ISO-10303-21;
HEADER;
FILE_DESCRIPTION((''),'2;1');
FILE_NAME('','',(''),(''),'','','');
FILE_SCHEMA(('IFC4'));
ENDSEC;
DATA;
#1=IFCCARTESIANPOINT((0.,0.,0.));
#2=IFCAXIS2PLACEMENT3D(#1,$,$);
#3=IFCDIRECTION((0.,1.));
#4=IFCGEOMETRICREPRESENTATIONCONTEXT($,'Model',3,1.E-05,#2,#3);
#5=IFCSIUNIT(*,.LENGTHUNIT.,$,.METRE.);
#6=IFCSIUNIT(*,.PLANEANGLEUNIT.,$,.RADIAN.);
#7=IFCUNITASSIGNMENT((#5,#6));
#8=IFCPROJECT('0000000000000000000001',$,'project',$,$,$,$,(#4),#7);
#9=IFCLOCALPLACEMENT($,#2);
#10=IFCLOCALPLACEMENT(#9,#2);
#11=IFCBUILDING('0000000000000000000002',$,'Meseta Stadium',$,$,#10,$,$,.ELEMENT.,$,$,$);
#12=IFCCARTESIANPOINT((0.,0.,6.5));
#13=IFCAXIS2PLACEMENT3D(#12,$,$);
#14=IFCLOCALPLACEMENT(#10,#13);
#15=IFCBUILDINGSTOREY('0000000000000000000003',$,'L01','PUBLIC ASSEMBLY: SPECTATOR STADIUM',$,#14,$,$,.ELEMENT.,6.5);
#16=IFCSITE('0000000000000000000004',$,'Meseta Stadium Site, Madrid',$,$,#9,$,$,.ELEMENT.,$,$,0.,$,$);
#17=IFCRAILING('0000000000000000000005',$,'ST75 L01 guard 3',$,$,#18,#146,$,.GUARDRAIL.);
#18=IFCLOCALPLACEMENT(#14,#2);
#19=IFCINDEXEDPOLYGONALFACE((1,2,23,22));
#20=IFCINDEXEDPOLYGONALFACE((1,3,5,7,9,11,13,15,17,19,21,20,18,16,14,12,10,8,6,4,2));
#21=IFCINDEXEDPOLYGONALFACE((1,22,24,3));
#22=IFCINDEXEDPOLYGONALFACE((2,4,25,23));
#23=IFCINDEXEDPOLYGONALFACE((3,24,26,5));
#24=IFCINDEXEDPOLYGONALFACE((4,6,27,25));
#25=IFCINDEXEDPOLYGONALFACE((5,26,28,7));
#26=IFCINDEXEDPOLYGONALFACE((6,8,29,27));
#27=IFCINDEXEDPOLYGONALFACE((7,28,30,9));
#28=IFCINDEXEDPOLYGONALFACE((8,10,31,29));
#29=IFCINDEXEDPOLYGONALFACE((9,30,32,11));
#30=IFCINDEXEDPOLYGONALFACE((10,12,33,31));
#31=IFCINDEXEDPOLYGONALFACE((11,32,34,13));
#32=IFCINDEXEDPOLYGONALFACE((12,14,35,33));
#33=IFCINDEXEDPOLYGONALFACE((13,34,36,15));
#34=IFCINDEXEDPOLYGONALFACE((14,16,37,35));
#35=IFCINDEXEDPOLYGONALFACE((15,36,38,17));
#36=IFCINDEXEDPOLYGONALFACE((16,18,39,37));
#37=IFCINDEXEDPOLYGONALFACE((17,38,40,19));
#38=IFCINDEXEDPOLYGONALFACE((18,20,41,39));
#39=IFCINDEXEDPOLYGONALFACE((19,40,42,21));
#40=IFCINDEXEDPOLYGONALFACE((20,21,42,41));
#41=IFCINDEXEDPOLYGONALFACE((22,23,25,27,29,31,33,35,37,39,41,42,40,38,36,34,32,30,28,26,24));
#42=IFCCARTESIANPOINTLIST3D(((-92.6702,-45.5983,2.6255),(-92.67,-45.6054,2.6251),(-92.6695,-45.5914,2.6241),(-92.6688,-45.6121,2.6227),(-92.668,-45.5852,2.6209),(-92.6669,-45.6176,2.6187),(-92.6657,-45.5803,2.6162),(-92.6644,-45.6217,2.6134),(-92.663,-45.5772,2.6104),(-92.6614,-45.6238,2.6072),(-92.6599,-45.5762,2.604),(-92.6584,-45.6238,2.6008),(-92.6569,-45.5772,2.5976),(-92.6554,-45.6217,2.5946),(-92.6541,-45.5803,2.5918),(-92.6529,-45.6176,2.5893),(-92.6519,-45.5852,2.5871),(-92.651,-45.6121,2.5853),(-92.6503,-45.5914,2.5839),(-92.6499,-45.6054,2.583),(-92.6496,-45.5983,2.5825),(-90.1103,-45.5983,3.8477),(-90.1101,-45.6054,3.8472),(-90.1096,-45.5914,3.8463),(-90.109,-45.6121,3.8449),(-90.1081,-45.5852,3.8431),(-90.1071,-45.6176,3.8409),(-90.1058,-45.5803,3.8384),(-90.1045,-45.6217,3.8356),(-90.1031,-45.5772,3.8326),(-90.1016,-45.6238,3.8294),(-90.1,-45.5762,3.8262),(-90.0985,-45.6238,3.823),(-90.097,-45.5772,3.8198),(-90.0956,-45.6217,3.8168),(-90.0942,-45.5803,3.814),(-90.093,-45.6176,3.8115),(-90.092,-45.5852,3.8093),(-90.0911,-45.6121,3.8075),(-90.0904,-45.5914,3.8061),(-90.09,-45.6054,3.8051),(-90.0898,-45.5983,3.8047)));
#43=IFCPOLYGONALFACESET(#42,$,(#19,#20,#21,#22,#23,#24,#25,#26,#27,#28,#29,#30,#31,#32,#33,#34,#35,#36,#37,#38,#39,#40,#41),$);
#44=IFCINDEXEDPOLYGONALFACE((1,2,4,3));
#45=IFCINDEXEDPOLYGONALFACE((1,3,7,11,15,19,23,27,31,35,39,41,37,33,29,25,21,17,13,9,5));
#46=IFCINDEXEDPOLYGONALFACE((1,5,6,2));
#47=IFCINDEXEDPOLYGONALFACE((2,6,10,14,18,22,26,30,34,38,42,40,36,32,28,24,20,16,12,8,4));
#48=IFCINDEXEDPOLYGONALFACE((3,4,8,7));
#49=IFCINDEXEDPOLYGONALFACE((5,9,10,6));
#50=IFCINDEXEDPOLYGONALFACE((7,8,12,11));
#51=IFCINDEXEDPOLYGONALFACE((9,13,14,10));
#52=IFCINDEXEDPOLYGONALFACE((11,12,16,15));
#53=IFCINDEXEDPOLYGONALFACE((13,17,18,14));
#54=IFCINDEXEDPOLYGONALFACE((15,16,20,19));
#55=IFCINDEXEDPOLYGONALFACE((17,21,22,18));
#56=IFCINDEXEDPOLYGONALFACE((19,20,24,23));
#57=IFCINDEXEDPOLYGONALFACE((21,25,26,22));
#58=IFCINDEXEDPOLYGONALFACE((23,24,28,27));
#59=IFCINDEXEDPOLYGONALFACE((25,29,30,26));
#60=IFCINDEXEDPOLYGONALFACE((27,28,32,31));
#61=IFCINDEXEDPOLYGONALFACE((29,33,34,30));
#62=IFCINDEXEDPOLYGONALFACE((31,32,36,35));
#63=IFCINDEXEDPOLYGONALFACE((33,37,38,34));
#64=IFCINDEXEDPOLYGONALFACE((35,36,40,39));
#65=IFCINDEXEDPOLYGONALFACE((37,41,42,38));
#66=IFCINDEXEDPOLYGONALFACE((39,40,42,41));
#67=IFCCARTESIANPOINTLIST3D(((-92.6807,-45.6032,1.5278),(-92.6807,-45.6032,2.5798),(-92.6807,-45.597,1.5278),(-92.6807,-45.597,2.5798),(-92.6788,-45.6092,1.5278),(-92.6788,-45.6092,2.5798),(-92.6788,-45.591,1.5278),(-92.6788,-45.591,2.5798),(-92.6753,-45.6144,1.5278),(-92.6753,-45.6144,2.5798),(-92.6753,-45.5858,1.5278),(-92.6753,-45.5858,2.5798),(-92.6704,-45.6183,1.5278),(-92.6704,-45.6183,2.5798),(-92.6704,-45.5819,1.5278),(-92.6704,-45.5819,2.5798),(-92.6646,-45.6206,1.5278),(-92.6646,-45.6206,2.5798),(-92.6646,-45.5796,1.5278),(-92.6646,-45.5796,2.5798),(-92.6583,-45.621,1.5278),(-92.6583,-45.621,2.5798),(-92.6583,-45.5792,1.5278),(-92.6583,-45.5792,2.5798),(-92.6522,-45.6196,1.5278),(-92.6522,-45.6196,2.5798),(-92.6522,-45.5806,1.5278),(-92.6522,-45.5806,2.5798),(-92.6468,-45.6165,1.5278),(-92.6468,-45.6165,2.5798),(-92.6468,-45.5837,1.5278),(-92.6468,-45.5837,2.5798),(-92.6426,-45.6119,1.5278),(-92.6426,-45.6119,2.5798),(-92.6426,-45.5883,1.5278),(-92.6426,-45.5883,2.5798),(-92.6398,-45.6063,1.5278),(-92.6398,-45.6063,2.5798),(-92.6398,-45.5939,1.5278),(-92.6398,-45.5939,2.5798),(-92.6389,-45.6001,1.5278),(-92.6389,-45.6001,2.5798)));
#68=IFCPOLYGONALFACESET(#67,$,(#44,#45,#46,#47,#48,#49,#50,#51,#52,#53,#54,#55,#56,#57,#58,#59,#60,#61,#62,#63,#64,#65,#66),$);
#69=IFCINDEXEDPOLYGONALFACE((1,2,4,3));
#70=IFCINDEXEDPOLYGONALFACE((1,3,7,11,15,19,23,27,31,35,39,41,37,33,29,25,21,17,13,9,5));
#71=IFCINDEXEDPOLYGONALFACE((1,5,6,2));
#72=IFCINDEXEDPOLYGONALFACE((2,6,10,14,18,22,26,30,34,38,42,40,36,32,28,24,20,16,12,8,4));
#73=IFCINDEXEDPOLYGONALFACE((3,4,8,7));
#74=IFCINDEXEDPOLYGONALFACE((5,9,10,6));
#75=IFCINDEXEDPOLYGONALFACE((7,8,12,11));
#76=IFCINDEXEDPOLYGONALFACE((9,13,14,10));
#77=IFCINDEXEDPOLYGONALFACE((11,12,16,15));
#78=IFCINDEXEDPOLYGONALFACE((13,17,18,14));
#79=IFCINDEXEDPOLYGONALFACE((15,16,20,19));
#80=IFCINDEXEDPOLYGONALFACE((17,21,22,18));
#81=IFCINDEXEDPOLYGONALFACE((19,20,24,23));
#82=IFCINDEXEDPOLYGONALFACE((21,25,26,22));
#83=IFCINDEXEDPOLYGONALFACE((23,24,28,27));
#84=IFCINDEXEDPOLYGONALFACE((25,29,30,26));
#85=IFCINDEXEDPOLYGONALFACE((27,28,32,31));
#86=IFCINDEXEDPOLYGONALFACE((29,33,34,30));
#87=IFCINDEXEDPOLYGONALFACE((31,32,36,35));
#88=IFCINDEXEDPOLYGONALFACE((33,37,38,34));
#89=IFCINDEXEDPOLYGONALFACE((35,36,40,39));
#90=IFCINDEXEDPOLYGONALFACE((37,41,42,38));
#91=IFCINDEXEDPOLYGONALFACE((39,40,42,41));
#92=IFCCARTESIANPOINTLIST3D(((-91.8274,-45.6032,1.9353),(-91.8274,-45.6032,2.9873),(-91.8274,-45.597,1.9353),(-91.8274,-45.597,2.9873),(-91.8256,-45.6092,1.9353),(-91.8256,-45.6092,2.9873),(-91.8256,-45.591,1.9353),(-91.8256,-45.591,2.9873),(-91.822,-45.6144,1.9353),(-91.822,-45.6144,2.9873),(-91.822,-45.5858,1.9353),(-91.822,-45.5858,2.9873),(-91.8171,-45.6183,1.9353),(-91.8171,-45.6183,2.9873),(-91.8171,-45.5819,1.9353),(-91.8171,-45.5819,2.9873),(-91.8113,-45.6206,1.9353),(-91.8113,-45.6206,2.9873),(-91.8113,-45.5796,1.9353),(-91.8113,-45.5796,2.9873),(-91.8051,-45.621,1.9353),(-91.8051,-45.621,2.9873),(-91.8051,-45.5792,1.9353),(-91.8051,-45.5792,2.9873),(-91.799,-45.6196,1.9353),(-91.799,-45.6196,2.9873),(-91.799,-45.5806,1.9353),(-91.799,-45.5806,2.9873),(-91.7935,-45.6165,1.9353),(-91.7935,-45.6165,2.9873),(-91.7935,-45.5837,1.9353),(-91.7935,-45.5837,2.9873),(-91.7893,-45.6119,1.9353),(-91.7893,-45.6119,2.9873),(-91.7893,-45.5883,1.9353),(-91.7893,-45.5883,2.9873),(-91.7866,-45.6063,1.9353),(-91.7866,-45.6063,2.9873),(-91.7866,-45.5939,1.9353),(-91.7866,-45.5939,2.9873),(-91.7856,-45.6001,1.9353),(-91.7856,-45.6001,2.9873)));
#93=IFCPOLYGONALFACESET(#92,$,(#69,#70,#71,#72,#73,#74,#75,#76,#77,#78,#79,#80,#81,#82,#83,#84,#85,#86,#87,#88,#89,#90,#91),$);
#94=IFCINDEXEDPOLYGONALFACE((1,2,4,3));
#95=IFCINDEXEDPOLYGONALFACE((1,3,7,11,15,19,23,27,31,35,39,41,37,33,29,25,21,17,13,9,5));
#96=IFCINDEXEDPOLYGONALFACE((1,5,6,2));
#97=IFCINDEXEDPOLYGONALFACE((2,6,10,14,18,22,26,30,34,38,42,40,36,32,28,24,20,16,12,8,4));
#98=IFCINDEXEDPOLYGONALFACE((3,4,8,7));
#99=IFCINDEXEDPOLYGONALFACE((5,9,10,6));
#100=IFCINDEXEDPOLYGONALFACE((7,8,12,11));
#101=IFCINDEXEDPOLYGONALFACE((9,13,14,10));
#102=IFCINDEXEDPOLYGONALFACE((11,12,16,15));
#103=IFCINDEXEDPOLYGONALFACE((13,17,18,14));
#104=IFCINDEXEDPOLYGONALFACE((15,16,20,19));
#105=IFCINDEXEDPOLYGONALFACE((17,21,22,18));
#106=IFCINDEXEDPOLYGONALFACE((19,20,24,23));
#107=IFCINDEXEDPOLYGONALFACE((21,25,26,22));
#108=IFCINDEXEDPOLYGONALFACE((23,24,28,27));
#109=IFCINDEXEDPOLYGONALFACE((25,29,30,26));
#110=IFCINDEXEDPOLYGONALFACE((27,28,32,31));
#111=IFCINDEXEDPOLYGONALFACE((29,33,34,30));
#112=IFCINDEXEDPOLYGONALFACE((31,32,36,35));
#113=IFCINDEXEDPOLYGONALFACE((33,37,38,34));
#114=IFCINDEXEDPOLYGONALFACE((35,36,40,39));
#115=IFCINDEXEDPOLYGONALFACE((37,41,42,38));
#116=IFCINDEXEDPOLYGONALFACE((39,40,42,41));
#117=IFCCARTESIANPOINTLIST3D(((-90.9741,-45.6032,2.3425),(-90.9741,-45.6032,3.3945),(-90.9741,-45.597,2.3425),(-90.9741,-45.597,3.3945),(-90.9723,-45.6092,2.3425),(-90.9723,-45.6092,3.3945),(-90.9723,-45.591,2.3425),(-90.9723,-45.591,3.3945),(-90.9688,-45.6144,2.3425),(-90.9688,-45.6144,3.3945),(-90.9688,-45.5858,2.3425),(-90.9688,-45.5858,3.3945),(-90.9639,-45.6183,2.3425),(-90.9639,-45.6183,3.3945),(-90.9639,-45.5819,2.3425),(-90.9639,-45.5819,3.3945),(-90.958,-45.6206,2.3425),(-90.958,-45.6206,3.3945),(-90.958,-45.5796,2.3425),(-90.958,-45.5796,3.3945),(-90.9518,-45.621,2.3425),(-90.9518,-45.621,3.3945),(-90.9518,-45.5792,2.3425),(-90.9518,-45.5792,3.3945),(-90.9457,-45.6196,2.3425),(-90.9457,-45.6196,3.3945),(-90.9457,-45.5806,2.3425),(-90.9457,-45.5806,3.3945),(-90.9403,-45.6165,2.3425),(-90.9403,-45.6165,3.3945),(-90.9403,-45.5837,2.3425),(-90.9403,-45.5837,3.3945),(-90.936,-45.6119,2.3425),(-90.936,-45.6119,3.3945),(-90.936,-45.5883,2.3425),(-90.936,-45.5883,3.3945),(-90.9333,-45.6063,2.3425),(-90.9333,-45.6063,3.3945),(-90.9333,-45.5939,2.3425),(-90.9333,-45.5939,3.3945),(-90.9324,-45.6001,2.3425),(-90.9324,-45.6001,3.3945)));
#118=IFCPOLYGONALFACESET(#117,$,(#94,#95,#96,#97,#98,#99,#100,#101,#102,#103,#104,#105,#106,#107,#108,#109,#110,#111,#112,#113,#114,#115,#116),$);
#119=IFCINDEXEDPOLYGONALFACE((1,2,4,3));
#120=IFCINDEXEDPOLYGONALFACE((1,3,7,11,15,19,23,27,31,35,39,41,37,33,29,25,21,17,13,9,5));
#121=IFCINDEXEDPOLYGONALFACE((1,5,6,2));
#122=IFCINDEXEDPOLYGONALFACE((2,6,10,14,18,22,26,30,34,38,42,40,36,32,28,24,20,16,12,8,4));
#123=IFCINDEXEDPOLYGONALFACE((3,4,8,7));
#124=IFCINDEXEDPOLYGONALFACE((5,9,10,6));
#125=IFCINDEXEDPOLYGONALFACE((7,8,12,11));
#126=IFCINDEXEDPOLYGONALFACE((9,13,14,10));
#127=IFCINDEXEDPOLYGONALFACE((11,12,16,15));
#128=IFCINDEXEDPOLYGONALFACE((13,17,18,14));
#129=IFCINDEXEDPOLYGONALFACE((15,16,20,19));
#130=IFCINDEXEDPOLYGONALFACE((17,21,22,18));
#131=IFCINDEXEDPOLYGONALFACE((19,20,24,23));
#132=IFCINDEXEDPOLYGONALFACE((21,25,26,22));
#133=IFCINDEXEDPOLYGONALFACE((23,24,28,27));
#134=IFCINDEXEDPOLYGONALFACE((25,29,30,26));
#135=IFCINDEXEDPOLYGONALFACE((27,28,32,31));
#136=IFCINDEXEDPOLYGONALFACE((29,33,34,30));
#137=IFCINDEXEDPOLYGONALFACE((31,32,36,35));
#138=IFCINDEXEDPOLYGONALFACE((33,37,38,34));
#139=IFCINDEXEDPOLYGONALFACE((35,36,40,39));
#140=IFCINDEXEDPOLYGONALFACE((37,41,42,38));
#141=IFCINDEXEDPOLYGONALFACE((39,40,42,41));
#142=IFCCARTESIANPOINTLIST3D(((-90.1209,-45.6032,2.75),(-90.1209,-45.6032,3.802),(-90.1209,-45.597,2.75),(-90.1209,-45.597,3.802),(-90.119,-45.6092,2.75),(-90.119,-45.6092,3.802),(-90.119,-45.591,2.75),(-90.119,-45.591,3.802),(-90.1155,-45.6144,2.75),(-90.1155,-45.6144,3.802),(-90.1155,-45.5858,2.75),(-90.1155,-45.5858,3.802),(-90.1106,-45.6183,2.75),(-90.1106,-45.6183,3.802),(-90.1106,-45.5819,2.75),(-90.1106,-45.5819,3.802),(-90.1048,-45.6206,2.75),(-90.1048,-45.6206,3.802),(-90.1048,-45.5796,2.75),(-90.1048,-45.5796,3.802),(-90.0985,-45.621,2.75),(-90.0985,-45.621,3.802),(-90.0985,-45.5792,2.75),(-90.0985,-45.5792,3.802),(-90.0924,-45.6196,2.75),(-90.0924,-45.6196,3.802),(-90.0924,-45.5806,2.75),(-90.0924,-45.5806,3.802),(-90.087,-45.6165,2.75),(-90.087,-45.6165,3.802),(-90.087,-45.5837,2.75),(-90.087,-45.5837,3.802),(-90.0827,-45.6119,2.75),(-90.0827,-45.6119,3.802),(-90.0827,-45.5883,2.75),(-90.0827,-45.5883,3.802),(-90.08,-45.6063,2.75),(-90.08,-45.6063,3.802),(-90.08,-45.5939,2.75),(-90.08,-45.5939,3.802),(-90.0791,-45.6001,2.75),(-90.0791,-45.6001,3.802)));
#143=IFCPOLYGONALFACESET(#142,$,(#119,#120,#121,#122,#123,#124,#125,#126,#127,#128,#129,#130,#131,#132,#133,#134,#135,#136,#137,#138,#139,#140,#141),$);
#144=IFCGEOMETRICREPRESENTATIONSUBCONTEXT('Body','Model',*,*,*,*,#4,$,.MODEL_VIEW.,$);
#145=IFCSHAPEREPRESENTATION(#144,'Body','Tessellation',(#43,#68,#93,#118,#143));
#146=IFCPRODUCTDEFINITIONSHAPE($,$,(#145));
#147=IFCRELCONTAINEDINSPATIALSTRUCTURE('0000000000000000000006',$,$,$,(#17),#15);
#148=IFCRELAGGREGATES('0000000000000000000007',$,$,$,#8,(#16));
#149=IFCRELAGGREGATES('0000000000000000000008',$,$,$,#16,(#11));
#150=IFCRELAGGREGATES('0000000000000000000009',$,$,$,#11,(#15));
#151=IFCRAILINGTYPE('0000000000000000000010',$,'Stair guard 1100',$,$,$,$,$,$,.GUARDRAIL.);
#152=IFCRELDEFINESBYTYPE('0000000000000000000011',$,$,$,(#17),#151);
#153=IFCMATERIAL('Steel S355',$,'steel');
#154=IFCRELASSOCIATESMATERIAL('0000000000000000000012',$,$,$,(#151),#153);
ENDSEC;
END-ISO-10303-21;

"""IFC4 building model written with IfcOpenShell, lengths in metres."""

from ifc_helpers import new_model, si_unit, direction, frame, origin, origin_2d, place, context, subcontext, project, spatial, circle, extrude, material, type_object, element, save


model = new_model("IFC4")

# Units and contexts
model_context = context("Model", 3, precision=1e-05, world=origin(), true_north=direction((0.0, 1.0)))
body_context = subcontext(model_context, "Body", "Model", "MODEL_VIEW")
ifc_project = project(units=[si_unit("LENGTHUNIT", "METRE"), si_unit("PLANEANGLEUNIT", "RADIAN")], contexts=[model_context])

# Site, building, storey
site_placement = place(None, origin())
site = spatial("IfcSite", under=ifc_project, at=site_placement, Name="Meseta Stadium Site, Madrid", CompositionType="ELEMENT", RefElevation=0.0)
building_placement = place(site_placement, origin())
building = spatial("IfcBuilding", under=site, at=building_placement, Name="Meseta Stadium", CompositionType="ELEMENT")
storey_placement = place(building_placement, frame((0.0, 0.0, 6.5)))
storey = spatial("IfcBuildingStorey", under=building, at=storey_placement, Name="L01", Description="PUBLIC ASSEMBLY: SPECTATOR STADIUM", CompositionType="ELEMENT", Elevation=6.5)

# Railing
ifc_material_1 = material(Name="Steel S355", Category="steel")
railing_type_1 = type_object("IfcRailingType", Name="Stair guard 1100", PredefinedType="GUARDRAIL", material=ifc_material_1)
railing_1_placement = place(storey_placement, frame((-92.6599, -45.6001, 1.5278)))
element("IfcRailing", 1, at=railing_1_placement, inside=storey, type_object=railing_type_1, Name="ST75 L01 guard 3", PredefinedType="GUARDRAIL", context=body_context, shape_type="SweptSolid", body=[
    extrude(circle(Radius=0.0239, at=origin_2d()), frame((0.0, 0.0, 1.0762), z_axis=(0.902421, 0.0, 0.430855), x_axis=(0.0, 1.0, 0.0)), (0.0, 0.0, 1.0), 2.8367),
    extrude(circle(Radius=0.021, at=origin_2d()), origin(), (0.0, 0.0, 1.0), 1.052),
    extrude(circle(Radius=0.021, at=origin_2d()), frame((0.8533, 0.0, 0.4075)), (0.0, 0.0, 1.0), 1.052),
    extrude(circle(Radius=0.021, at=origin_2d()), frame((1.7065, 0.0, 0.8147)), (0.0, 0.0, 1.0), 1.052),
    extrude(circle(Radius=0.021, at=origin_2d()), frame((2.5598, 0.0, 1.2222)), (0.0, 0.0, 1.0), 1.052),
])

save(model, "model.ifc")
